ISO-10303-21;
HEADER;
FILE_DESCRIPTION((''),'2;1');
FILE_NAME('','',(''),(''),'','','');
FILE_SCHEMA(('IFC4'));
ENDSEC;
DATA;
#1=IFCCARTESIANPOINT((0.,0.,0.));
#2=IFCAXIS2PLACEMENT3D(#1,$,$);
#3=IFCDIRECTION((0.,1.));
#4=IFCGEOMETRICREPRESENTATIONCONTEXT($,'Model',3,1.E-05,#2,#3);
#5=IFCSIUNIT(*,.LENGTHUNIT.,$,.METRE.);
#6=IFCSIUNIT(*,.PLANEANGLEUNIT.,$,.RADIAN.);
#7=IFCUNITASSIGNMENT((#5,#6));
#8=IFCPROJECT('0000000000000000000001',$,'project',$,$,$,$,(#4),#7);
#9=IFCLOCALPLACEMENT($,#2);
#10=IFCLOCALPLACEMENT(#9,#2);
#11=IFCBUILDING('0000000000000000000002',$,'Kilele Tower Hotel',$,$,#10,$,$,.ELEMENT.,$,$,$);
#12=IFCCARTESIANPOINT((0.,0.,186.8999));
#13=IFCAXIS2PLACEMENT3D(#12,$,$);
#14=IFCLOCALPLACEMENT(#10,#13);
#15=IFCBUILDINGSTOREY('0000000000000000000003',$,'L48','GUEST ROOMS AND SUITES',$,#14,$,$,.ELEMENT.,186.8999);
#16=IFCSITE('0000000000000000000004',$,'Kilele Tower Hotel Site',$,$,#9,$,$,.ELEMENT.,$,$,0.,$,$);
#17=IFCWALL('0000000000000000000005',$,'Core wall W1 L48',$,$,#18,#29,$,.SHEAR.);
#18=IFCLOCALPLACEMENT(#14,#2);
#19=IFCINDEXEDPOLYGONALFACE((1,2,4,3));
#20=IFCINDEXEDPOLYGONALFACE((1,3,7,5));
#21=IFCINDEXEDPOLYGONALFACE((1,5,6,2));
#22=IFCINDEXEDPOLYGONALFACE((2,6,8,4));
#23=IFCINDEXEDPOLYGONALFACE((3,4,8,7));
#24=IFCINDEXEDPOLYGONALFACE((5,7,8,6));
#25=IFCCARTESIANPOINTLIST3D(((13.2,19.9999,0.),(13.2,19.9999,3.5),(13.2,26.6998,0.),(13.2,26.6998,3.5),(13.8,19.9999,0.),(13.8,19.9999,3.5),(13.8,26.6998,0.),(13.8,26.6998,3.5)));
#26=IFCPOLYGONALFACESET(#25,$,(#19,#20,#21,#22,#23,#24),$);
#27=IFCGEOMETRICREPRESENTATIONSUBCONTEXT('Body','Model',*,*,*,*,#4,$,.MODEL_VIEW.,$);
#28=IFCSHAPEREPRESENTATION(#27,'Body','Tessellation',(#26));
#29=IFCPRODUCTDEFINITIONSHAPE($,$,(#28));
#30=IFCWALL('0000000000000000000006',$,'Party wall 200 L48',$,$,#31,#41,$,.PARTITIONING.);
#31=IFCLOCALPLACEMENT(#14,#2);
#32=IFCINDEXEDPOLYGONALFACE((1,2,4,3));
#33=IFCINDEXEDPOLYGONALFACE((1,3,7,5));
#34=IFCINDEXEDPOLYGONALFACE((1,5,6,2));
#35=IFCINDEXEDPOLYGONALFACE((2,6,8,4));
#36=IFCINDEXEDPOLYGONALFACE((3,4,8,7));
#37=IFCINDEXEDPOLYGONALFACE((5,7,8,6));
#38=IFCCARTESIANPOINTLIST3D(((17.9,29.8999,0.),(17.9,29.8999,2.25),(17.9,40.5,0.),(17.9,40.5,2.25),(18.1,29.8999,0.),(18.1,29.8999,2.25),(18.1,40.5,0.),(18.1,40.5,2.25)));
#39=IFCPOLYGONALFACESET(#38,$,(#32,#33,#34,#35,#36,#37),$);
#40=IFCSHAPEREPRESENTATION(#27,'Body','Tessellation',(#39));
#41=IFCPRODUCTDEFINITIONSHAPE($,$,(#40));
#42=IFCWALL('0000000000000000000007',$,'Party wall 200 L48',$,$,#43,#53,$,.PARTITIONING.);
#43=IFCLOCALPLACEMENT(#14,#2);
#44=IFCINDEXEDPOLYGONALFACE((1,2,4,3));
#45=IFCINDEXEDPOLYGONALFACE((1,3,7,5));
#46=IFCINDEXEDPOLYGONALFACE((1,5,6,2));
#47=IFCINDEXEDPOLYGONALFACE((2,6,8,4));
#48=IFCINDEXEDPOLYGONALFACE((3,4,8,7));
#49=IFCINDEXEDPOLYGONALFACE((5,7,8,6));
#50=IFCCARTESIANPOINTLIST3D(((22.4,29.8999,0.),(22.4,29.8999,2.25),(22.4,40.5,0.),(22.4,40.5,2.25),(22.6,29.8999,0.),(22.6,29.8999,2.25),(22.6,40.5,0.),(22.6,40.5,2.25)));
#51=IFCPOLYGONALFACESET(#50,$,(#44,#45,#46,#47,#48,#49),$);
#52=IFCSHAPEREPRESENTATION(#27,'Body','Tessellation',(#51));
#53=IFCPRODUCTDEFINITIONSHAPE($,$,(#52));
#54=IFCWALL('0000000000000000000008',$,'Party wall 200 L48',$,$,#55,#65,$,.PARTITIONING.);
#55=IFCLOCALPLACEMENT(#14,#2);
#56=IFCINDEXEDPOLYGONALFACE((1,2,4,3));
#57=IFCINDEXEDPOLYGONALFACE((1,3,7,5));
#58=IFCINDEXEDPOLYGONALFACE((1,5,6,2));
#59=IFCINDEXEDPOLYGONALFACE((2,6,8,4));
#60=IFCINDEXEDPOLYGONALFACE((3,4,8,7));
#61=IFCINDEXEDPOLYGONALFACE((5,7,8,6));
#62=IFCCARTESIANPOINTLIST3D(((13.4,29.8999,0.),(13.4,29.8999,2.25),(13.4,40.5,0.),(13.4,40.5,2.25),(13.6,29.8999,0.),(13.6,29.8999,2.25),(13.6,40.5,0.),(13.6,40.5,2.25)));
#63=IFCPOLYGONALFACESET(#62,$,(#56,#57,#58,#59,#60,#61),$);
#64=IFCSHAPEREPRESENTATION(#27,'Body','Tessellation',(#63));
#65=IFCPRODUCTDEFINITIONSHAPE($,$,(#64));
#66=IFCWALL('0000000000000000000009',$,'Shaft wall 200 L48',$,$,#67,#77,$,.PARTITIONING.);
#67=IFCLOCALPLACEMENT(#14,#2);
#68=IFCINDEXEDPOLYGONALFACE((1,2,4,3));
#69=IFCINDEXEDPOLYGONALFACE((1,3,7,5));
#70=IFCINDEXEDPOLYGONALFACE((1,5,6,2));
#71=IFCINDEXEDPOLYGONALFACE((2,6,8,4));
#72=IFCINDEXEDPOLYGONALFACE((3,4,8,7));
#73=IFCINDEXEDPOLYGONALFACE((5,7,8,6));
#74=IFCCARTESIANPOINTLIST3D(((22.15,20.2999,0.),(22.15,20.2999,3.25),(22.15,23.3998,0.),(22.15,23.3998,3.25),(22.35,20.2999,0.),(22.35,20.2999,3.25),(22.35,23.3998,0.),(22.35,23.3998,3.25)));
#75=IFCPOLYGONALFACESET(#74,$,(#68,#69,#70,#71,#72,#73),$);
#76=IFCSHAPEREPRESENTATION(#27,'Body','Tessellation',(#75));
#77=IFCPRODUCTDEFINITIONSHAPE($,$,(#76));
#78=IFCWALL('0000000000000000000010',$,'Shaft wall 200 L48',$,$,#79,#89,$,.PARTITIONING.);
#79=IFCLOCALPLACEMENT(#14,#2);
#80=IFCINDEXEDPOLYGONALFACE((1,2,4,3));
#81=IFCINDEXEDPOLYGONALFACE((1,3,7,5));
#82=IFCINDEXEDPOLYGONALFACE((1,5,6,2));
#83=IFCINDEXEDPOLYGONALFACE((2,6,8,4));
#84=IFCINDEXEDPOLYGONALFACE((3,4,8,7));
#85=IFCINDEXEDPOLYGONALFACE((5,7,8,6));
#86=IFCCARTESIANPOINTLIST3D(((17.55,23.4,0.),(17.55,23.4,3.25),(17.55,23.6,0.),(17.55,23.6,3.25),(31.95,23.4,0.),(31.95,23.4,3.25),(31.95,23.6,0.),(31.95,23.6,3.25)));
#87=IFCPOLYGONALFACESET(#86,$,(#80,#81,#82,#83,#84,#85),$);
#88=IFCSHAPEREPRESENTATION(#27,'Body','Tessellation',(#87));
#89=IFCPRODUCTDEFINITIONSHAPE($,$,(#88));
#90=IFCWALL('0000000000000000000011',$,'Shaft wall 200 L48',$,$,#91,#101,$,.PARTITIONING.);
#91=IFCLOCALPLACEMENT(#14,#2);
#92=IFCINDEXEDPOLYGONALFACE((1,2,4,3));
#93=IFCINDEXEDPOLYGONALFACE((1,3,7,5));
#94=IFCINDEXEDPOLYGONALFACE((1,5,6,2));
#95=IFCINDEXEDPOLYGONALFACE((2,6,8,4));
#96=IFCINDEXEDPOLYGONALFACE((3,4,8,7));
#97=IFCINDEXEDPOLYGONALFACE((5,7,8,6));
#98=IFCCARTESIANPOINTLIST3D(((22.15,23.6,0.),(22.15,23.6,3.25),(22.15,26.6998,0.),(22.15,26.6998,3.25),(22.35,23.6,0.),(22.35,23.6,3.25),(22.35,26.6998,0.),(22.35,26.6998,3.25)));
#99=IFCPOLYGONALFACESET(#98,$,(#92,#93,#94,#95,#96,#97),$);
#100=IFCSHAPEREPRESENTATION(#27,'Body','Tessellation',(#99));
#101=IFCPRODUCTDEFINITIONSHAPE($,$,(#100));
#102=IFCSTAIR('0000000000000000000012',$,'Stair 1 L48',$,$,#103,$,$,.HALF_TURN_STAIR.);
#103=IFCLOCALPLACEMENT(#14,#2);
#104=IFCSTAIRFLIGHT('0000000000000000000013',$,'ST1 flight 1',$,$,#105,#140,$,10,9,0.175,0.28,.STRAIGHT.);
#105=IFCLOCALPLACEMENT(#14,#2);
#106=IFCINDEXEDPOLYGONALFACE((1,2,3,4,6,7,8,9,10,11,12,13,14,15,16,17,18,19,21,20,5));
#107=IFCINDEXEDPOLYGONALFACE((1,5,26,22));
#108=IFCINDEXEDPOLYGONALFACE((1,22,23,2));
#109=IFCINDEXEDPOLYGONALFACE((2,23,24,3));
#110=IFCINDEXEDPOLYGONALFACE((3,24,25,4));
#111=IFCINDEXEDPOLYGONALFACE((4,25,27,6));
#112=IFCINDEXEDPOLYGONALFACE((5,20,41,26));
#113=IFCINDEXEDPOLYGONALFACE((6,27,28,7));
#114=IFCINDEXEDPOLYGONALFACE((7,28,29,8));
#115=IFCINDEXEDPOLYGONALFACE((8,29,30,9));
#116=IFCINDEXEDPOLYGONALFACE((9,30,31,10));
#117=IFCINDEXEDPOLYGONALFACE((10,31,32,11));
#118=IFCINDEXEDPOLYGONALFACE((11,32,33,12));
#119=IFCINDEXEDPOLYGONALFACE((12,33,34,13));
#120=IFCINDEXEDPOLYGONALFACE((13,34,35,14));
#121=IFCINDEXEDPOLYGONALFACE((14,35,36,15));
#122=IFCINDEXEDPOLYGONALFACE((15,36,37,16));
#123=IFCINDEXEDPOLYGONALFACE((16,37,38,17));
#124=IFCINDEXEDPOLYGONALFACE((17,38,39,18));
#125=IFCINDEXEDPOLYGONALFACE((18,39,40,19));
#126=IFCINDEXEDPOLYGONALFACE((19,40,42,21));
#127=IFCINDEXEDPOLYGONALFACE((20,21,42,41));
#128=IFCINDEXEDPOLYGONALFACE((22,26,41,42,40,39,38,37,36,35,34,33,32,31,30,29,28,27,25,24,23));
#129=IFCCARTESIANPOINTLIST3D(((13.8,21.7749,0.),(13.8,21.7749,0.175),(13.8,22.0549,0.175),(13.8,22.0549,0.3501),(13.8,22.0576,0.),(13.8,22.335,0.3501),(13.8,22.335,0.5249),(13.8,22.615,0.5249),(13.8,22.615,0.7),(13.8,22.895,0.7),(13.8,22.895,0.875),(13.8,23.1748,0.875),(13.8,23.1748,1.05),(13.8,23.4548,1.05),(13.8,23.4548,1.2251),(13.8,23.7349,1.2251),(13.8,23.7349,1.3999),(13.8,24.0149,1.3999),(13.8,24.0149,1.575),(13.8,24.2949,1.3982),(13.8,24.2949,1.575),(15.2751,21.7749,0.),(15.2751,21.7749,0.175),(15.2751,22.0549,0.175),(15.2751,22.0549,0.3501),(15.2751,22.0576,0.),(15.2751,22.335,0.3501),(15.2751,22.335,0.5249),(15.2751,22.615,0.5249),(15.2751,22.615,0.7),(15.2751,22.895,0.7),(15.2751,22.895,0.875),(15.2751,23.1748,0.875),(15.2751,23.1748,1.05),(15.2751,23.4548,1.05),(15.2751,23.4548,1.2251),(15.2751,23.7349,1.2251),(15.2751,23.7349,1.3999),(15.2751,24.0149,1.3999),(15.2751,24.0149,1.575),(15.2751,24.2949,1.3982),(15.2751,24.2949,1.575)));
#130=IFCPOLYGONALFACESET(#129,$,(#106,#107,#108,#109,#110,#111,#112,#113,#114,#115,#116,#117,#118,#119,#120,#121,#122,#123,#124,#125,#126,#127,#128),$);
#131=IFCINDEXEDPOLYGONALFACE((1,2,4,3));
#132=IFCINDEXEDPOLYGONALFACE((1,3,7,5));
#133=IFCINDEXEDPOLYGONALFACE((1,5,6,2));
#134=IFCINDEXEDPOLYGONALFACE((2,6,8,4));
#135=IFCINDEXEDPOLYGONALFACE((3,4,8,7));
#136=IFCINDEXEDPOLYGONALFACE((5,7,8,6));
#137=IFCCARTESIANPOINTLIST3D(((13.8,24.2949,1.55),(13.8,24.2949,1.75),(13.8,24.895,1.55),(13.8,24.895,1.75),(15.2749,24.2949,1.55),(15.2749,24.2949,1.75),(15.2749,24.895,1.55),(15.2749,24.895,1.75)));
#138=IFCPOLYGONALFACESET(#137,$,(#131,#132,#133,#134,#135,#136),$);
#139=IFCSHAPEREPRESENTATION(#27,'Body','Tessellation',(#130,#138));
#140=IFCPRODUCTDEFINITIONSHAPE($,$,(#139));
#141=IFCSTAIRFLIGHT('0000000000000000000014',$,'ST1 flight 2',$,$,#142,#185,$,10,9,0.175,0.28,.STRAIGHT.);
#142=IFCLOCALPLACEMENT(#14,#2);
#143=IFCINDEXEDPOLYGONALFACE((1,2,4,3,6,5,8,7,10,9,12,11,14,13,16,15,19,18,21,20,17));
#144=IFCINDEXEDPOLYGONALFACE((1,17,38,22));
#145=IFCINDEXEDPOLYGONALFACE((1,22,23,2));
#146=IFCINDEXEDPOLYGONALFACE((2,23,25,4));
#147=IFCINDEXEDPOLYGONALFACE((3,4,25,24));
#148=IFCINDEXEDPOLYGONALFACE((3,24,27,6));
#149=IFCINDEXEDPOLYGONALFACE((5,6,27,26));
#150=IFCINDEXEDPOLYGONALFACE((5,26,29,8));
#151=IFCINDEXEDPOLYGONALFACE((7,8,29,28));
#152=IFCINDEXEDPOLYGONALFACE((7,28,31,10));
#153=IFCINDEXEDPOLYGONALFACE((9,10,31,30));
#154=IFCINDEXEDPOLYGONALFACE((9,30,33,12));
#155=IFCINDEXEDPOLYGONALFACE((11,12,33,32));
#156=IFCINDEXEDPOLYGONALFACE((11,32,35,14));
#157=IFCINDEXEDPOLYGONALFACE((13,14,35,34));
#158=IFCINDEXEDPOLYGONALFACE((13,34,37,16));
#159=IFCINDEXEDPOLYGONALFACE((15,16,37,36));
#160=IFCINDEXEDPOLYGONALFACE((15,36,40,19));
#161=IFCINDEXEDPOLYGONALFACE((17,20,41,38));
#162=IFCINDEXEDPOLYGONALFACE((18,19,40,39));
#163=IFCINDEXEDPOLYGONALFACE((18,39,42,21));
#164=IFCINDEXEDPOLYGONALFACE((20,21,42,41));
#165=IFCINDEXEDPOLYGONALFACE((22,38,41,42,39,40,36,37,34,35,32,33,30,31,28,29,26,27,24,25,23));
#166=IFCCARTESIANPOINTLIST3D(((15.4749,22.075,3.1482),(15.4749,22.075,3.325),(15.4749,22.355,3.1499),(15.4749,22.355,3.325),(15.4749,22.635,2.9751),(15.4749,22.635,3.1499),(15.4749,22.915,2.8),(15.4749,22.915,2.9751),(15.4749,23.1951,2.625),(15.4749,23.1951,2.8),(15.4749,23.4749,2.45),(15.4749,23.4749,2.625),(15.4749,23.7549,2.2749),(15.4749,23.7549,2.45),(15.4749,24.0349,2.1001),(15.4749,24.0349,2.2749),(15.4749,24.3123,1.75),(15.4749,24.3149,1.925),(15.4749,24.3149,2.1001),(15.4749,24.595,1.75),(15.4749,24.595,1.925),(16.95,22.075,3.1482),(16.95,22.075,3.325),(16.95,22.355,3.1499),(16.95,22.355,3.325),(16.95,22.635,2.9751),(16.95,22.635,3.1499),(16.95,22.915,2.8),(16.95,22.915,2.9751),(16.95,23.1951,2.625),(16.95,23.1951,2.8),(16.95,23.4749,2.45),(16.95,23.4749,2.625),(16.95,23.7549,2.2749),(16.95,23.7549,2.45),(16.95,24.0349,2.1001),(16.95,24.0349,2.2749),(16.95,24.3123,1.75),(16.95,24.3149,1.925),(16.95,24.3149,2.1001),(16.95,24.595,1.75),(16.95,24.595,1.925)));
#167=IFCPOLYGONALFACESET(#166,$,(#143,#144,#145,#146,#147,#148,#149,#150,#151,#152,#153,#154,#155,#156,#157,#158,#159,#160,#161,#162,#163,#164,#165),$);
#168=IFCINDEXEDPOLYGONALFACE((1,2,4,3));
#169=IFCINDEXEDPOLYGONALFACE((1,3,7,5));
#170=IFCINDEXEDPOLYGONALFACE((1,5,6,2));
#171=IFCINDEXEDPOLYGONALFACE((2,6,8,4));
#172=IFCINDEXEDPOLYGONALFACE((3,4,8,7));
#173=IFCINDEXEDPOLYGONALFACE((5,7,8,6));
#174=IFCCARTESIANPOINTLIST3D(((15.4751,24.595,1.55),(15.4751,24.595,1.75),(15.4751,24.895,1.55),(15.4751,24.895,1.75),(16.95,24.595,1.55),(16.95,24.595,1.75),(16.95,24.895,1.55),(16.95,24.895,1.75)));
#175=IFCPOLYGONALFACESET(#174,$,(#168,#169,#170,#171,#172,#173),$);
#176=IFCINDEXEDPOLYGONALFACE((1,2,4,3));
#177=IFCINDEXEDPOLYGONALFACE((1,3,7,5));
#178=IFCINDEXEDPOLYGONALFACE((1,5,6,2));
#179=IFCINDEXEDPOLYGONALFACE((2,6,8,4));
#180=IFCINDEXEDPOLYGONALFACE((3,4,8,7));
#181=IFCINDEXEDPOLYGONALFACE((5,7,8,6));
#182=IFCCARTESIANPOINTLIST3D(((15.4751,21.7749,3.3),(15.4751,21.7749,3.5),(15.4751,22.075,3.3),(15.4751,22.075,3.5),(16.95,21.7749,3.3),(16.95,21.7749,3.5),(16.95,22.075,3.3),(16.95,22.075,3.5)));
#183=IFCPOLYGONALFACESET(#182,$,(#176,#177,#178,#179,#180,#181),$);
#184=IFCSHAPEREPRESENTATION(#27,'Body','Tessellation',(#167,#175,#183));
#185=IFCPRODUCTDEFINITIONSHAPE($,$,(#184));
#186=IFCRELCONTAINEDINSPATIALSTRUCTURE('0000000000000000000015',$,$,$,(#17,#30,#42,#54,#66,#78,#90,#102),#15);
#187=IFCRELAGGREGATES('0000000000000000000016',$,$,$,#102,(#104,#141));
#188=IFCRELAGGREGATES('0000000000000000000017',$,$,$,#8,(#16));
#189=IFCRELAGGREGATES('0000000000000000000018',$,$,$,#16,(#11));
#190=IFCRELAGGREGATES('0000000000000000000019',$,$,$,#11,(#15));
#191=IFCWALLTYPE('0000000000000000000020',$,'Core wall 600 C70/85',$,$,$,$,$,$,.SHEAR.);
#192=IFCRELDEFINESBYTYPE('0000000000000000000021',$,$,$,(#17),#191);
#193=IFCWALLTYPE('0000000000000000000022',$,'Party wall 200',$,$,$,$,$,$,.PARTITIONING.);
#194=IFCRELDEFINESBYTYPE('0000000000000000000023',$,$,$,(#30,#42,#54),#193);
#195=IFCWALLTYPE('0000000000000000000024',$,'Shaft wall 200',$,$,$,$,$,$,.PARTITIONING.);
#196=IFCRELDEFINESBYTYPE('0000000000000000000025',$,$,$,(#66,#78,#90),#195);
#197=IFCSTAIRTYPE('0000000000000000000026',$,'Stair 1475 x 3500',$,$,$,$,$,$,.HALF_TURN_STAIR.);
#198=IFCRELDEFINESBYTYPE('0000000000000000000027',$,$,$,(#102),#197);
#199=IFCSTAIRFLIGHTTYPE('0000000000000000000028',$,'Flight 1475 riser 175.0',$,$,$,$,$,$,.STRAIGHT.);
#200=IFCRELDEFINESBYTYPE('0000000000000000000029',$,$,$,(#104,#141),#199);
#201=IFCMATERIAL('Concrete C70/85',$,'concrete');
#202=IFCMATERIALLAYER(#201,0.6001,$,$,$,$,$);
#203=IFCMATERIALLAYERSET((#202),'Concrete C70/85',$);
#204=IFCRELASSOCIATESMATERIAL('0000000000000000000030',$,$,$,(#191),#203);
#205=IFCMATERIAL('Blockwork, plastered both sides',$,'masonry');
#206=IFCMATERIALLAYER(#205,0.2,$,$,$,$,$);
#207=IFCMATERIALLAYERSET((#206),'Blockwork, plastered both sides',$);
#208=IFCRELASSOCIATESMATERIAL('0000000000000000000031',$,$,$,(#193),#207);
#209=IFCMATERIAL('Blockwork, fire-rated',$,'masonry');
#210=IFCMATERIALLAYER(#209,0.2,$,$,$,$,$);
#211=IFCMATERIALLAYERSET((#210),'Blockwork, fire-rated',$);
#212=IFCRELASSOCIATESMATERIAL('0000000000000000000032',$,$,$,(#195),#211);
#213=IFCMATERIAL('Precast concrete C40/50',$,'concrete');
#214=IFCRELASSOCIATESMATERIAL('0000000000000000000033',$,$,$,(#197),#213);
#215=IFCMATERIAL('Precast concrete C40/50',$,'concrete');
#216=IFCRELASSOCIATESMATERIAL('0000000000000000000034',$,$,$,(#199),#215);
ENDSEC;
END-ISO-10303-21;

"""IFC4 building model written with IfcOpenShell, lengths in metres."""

from ifc_helpers import new_model, si_unit, direction, frame, frame_2d, origin, place, context, subcontext, project, spatial, polyline, rectangle, outline, extrude, material, layer, layer_set, type_object, element, aggregate, save


model = new_model("IFC4")

# Units and contexts
model_context = context("Model", 3, precision=1e-05, world=origin(), true_north=direction((0.0, 1.0)))
body_context = subcontext(model_context, "Body", "Model", "MODEL_VIEW")
ifc_project = project(units=[si_unit("LENGTHUNIT", "METRE"), si_unit("PLANEANGLEUNIT", "RADIAN")], contexts=[model_context])

# Site, building, storey
site_placement = place(None, origin())
site = spatial("IfcSite", under=ifc_project, at=site_placement, Name="Kilele Tower Hotel Site", CompositionType="ELEMENT", RefElevation=0.0)
building_placement = place(site_placement, origin())
building = spatial("IfcBuilding", under=site, at=building_placement, Name="Kilele Tower Hotel", CompositionType="ELEMENT")
storey_placement = place(building_placement, frame((0.0, 0.0, 186.8999)))
storey = spatial("IfcBuildingStorey", under=building, at=storey_placement, Name="L48", Description="GUEST ROOMS AND SUITES", CompositionType="ELEMENT", Elevation=186.8999)

# Walls
ifc_material_1 = material(Name="Concrete C70/85", Category="concrete")
ifc_layer_1 = layer(ifc_material_1, 0.6001)
ifc_layer_set_1 = layer_set([ifc_layer_1], Name="Concrete C70/85")
wall_type_1 = type_object("IfcWallType", Name="Core wall 600 C70/85", PredefinedType="SHEAR", material=ifc_layer_set_1)
wall_1_placement = place(storey_placement, frame((13.5, 26.7, 0.0), z_axis=(0.0, 0.0, 1.0), x_axis=(0.0, -1.0, 0.0)))
element("IfcWall", 1, at=wall_1_placement, inside=storey, type_object=wall_type_1, Name="Core wall W1 L48", PredefinedType="SHEAR", context=body_context, shape_type="SweptSolid", body=[
    extrude(rectangle(XDim=6.7, YDim=0.6001, at=frame_2d((3.3501, 0.0))), origin(), (0.0, 0.0, 1.0), 3.5),
])
ifc_material_2 = material(Name="Blockwork, plastered both sides", Category="masonry")
ifc_layer_2 = layer(ifc_material_2, 0.2)
ifc_layer_set_2 = layer_set([ifc_layer_2], Name="Blockwork, plastered both sides")
wall_type_2 = type_object("IfcWallType", Name="Party wall 200", PredefinedType="PARTITIONING", material=ifc_layer_set_2)
for number, where, z_axis, x_axis, name in (
    (2, (18.0, 29.8999, 0.0), (0.0, 0.0, 1.0), (0.0, 1.0, 0.0), "Party wall 200 L48"),
    (3, (22.5, 29.8999, 0.0), (0.0, 0.0, 1.0), (0.0, 1.0, 0.0), "Party wall 200 L48"),
    (4, (13.5, 29.8999, 0.0), (0.0, 0.0, 1.0), (0.0, 1.0, 0.0), "Party wall 200 L48"),
):
    element("IfcWall", number, at=place(storey_placement, frame(where, z_axis=z_axis, x_axis=x_axis)), inside=storey, type_object=wall_type_2, Name=name, PredefinedType="PARTITIONING", context=body_context, shape_type="SweptSolid", body=[
        extrude(rectangle(XDim=10.6001, YDim=0.2, at=frame_2d((5.3, 0.0))), origin(), (0.0, 0.0, 1.0), 2.25),
    ])
ifc_material_3 = material(Name="Blockwork, fire-rated", Category="masonry")
ifc_layer_3 = layer(ifc_material_3, 0.2)
ifc_layer_set_3 = layer_set([ifc_layer_3], Name="Blockwork, fire-rated")
wall_type_3 = type_object("IfcWallType", Name="Shaft wall 200", PredefinedType="PARTITIONING", material=ifc_layer_set_3)
wall_2_placement = place(storey_placement, frame((22.25, 20.3, 0.0), z_axis=(0.0, 0.0, 1.0), x_axis=(0.0, 1.0, 0.0)))
element("IfcWall", 5, at=wall_2_placement, inside=storey, type_object=wall_type_3, Name="Shaft wall 200 L48", PredefinedType="PARTITIONING", context=body_context, shape_type="SweptSolid", body=[
    extrude(rectangle(XDim=3.0999, YDim=0.2, at=frame_2d((1.5498, 0.0))), origin(), (0.0, 0.0, 1.0), 3.25),
])
wall_3_placement = place(storey_placement, frame((17.55, 23.5, 0.0), z_axis=(0.0, 0.0, 1.0), x_axis=(1.0, 0.0, 0.0)))
element("IfcWall", 6, at=wall_3_placement, inside=storey, type_object=wall_type_3, Name="Shaft wall 200 L48", PredefinedType="PARTITIONING", context=body_context, shape_type="SweptSolid", body=[
    extrude(rectangle(XDim=14.3999, YDim=0.2, at=frame_2d((7.2, 0.0))), origin(), (0.0, 0.0, 1.0), 3.25),
])
wall_4_placement = place(storey_placement, frame((22.25, 23.6001, 0.0), z_axis=(0.0, 0.0, 1.0), x_axis=(0.0, 1.0, 0.0)))
element("IfcWall", 7, at=wall_4_placement, inside=storey, type_object=wall_type_3, Name="Shaft wall 200 L48", PredefinedType="PARTITIONING", context=body_context, shape_type="SweptSolid", body=[
    extrude(rectangle(XDim=3.0999, YDim=0.2, at=frame_2d((1.5498, 0.0))), origin(), (0.0, 0.0, 1.0), 3.25),
])

# Stair, stair flights
ifc_material_4 = material(Name="Precast concrete C40/50", Category="concrete")
stair_type = type_object("IfcStairType", Name="Stair 1475 x 3500", PredefinedType="HALF_TURN_STAIR", material=ifc_material_4)
stair_placement = place(storey_placement, origin())
stair = element("IfcStair", 8, at=stair_placement, inside=storey, type_object=stair_type, Name="Stair 1 L48", PredefinedType="HALF_TURN_STAIR")
ifc_material_5 = material(Name="Precast concrete C40/50", Category="concrete")
stair_flight_type = type_object("IfcStairFlightType", Name="Flight 1475 riser 175.0", PredefinedType="STRAIGHT", material=ifc_material_5)
stair_flight_1_placement = place(storey_placement, frame((14.5376, 21.7749, 0.0), z_axis=(0.0, 0.0, 1.0), x_axis=(0.0, 1.0, 0.0)))
stair_flight_1 = element("IfcStairFlight", 9, at=stair_flight_1_placement, type_object=stair_flight_type, Name="ST1 flight 1", NumberOfRisers=10, NumberOfTreads=9, PredefinedType="STRAIGHT", RiserHeight=0.175, TreadLength=0.28, context=body_context, shape_type="SweptSolid", body=[
    extrude(outline(polyline([(0.0, 0.0), (0.0, 0.175), (0.28, 0.175), (0.28, 0.3501), (0.5601, 0.3501), (0.5601, 0.5249), (0.8401, 0.5249), (0.8401, 0.7), (1.1201, 0.7), (1.1201, 0.875), (1.3999, 0.875), (1.3999, 1.05), (1.6799, 1.05), (1.6799, 1.2251), (1.96, 1.2251), (1.96, 1.3999), (2.24, 1.3999), (2.24, 1.575), (2.52, 1.575), (2.52, 1.75), (2.52, 1.3982), (0.2827, 0.0), (0.0, 0.0)])), frame((0.0, 0.7375, 0.0), z_axis=(0.0, -1.0, 0.0), x_axis=(1.0, 0.0, 0.0)), (0.0, 0.0, 1.0), 1.4751),
    extrude(outline(polyline([(2.52, 0.7375), (2.52, -0.7373), (3.1201, -0.7373), (3.1201, 0.7375), (2.52, 0.7375)])), frame((0.0, 0.0, 1.55)), (0.0, 0.0, 1.0), 0.2),
])
stair_flight_2_placement = place(storey_placement, frame((16.2124, 24.595, 1.75), z_axis=(0.0, 0.0, 1.0), x_axis=(0.0, -1.0, 0.0)))
stair_flight_2 = element("IfcStairFlight", 10, at=stair_flight_2_placement, type_object=stair_flight_type, Name="ST1 flight 2", NumberOfRisers=10, NumberOfTreads=9, PredefinedType="STRAIGHT", RiserHeight=0.175, TreadLength=0.28, context=body_context, shape_type="SweptSolid", body=[
    extrude(outline(polyline([(0.0, 0.0), (0.0, 0.175), (0.28, 0.175), (0.28, 0.3501), (0.5601, 0.3501), (0.5601, 0.5249), (0.8401, 0.5249), (0.8401, 0.7), (1.1201, 0.7), (1.1201, 0.875), (1.3999, 0.875), (1.3999, 1.05), (1.6799, 1.05), (1.6799, 1.2251), (1.96, 1.2251), (1.96, 1.3999), (2.24, 1.3999), (2.24, 1.575), (2.52, 1.575), (2.52, 1.75), (2.52, 1.3982), (0.2827, 0.0), (0.0, 0.0)])), frame((0.0, 0.7375, 0.0), z_axis=(0.0, -1.0, 0.0), x_axis=(1.0, 0.0, 0.0)), (0.0, 0.0, 1.0), 1.4751),
    extrude(outline(polyline([(0.0, -0.7373), (0.0, 0.7375), (-0.3, 0.7375), (-0.3, -0.7373), (0.0, -0.7373)])), frame((0.0, 0.0, -0.2)), (0.0, 0.0, 1.0), 0.2),
    extrude(outline(polyline([(2.8201, -0.7373), (2.8201, 0.7375), (2.52, 0.7375), (2.52, -0.7373), (2.8201, -0.7373)])), frame((0.0, 0.0, 1.55)), (0.0, 0.0, 1.0), 0.2),
])
aggregate(stair, [stair_flight_1, stair_flight_2])

save(model, "model.ifc")
